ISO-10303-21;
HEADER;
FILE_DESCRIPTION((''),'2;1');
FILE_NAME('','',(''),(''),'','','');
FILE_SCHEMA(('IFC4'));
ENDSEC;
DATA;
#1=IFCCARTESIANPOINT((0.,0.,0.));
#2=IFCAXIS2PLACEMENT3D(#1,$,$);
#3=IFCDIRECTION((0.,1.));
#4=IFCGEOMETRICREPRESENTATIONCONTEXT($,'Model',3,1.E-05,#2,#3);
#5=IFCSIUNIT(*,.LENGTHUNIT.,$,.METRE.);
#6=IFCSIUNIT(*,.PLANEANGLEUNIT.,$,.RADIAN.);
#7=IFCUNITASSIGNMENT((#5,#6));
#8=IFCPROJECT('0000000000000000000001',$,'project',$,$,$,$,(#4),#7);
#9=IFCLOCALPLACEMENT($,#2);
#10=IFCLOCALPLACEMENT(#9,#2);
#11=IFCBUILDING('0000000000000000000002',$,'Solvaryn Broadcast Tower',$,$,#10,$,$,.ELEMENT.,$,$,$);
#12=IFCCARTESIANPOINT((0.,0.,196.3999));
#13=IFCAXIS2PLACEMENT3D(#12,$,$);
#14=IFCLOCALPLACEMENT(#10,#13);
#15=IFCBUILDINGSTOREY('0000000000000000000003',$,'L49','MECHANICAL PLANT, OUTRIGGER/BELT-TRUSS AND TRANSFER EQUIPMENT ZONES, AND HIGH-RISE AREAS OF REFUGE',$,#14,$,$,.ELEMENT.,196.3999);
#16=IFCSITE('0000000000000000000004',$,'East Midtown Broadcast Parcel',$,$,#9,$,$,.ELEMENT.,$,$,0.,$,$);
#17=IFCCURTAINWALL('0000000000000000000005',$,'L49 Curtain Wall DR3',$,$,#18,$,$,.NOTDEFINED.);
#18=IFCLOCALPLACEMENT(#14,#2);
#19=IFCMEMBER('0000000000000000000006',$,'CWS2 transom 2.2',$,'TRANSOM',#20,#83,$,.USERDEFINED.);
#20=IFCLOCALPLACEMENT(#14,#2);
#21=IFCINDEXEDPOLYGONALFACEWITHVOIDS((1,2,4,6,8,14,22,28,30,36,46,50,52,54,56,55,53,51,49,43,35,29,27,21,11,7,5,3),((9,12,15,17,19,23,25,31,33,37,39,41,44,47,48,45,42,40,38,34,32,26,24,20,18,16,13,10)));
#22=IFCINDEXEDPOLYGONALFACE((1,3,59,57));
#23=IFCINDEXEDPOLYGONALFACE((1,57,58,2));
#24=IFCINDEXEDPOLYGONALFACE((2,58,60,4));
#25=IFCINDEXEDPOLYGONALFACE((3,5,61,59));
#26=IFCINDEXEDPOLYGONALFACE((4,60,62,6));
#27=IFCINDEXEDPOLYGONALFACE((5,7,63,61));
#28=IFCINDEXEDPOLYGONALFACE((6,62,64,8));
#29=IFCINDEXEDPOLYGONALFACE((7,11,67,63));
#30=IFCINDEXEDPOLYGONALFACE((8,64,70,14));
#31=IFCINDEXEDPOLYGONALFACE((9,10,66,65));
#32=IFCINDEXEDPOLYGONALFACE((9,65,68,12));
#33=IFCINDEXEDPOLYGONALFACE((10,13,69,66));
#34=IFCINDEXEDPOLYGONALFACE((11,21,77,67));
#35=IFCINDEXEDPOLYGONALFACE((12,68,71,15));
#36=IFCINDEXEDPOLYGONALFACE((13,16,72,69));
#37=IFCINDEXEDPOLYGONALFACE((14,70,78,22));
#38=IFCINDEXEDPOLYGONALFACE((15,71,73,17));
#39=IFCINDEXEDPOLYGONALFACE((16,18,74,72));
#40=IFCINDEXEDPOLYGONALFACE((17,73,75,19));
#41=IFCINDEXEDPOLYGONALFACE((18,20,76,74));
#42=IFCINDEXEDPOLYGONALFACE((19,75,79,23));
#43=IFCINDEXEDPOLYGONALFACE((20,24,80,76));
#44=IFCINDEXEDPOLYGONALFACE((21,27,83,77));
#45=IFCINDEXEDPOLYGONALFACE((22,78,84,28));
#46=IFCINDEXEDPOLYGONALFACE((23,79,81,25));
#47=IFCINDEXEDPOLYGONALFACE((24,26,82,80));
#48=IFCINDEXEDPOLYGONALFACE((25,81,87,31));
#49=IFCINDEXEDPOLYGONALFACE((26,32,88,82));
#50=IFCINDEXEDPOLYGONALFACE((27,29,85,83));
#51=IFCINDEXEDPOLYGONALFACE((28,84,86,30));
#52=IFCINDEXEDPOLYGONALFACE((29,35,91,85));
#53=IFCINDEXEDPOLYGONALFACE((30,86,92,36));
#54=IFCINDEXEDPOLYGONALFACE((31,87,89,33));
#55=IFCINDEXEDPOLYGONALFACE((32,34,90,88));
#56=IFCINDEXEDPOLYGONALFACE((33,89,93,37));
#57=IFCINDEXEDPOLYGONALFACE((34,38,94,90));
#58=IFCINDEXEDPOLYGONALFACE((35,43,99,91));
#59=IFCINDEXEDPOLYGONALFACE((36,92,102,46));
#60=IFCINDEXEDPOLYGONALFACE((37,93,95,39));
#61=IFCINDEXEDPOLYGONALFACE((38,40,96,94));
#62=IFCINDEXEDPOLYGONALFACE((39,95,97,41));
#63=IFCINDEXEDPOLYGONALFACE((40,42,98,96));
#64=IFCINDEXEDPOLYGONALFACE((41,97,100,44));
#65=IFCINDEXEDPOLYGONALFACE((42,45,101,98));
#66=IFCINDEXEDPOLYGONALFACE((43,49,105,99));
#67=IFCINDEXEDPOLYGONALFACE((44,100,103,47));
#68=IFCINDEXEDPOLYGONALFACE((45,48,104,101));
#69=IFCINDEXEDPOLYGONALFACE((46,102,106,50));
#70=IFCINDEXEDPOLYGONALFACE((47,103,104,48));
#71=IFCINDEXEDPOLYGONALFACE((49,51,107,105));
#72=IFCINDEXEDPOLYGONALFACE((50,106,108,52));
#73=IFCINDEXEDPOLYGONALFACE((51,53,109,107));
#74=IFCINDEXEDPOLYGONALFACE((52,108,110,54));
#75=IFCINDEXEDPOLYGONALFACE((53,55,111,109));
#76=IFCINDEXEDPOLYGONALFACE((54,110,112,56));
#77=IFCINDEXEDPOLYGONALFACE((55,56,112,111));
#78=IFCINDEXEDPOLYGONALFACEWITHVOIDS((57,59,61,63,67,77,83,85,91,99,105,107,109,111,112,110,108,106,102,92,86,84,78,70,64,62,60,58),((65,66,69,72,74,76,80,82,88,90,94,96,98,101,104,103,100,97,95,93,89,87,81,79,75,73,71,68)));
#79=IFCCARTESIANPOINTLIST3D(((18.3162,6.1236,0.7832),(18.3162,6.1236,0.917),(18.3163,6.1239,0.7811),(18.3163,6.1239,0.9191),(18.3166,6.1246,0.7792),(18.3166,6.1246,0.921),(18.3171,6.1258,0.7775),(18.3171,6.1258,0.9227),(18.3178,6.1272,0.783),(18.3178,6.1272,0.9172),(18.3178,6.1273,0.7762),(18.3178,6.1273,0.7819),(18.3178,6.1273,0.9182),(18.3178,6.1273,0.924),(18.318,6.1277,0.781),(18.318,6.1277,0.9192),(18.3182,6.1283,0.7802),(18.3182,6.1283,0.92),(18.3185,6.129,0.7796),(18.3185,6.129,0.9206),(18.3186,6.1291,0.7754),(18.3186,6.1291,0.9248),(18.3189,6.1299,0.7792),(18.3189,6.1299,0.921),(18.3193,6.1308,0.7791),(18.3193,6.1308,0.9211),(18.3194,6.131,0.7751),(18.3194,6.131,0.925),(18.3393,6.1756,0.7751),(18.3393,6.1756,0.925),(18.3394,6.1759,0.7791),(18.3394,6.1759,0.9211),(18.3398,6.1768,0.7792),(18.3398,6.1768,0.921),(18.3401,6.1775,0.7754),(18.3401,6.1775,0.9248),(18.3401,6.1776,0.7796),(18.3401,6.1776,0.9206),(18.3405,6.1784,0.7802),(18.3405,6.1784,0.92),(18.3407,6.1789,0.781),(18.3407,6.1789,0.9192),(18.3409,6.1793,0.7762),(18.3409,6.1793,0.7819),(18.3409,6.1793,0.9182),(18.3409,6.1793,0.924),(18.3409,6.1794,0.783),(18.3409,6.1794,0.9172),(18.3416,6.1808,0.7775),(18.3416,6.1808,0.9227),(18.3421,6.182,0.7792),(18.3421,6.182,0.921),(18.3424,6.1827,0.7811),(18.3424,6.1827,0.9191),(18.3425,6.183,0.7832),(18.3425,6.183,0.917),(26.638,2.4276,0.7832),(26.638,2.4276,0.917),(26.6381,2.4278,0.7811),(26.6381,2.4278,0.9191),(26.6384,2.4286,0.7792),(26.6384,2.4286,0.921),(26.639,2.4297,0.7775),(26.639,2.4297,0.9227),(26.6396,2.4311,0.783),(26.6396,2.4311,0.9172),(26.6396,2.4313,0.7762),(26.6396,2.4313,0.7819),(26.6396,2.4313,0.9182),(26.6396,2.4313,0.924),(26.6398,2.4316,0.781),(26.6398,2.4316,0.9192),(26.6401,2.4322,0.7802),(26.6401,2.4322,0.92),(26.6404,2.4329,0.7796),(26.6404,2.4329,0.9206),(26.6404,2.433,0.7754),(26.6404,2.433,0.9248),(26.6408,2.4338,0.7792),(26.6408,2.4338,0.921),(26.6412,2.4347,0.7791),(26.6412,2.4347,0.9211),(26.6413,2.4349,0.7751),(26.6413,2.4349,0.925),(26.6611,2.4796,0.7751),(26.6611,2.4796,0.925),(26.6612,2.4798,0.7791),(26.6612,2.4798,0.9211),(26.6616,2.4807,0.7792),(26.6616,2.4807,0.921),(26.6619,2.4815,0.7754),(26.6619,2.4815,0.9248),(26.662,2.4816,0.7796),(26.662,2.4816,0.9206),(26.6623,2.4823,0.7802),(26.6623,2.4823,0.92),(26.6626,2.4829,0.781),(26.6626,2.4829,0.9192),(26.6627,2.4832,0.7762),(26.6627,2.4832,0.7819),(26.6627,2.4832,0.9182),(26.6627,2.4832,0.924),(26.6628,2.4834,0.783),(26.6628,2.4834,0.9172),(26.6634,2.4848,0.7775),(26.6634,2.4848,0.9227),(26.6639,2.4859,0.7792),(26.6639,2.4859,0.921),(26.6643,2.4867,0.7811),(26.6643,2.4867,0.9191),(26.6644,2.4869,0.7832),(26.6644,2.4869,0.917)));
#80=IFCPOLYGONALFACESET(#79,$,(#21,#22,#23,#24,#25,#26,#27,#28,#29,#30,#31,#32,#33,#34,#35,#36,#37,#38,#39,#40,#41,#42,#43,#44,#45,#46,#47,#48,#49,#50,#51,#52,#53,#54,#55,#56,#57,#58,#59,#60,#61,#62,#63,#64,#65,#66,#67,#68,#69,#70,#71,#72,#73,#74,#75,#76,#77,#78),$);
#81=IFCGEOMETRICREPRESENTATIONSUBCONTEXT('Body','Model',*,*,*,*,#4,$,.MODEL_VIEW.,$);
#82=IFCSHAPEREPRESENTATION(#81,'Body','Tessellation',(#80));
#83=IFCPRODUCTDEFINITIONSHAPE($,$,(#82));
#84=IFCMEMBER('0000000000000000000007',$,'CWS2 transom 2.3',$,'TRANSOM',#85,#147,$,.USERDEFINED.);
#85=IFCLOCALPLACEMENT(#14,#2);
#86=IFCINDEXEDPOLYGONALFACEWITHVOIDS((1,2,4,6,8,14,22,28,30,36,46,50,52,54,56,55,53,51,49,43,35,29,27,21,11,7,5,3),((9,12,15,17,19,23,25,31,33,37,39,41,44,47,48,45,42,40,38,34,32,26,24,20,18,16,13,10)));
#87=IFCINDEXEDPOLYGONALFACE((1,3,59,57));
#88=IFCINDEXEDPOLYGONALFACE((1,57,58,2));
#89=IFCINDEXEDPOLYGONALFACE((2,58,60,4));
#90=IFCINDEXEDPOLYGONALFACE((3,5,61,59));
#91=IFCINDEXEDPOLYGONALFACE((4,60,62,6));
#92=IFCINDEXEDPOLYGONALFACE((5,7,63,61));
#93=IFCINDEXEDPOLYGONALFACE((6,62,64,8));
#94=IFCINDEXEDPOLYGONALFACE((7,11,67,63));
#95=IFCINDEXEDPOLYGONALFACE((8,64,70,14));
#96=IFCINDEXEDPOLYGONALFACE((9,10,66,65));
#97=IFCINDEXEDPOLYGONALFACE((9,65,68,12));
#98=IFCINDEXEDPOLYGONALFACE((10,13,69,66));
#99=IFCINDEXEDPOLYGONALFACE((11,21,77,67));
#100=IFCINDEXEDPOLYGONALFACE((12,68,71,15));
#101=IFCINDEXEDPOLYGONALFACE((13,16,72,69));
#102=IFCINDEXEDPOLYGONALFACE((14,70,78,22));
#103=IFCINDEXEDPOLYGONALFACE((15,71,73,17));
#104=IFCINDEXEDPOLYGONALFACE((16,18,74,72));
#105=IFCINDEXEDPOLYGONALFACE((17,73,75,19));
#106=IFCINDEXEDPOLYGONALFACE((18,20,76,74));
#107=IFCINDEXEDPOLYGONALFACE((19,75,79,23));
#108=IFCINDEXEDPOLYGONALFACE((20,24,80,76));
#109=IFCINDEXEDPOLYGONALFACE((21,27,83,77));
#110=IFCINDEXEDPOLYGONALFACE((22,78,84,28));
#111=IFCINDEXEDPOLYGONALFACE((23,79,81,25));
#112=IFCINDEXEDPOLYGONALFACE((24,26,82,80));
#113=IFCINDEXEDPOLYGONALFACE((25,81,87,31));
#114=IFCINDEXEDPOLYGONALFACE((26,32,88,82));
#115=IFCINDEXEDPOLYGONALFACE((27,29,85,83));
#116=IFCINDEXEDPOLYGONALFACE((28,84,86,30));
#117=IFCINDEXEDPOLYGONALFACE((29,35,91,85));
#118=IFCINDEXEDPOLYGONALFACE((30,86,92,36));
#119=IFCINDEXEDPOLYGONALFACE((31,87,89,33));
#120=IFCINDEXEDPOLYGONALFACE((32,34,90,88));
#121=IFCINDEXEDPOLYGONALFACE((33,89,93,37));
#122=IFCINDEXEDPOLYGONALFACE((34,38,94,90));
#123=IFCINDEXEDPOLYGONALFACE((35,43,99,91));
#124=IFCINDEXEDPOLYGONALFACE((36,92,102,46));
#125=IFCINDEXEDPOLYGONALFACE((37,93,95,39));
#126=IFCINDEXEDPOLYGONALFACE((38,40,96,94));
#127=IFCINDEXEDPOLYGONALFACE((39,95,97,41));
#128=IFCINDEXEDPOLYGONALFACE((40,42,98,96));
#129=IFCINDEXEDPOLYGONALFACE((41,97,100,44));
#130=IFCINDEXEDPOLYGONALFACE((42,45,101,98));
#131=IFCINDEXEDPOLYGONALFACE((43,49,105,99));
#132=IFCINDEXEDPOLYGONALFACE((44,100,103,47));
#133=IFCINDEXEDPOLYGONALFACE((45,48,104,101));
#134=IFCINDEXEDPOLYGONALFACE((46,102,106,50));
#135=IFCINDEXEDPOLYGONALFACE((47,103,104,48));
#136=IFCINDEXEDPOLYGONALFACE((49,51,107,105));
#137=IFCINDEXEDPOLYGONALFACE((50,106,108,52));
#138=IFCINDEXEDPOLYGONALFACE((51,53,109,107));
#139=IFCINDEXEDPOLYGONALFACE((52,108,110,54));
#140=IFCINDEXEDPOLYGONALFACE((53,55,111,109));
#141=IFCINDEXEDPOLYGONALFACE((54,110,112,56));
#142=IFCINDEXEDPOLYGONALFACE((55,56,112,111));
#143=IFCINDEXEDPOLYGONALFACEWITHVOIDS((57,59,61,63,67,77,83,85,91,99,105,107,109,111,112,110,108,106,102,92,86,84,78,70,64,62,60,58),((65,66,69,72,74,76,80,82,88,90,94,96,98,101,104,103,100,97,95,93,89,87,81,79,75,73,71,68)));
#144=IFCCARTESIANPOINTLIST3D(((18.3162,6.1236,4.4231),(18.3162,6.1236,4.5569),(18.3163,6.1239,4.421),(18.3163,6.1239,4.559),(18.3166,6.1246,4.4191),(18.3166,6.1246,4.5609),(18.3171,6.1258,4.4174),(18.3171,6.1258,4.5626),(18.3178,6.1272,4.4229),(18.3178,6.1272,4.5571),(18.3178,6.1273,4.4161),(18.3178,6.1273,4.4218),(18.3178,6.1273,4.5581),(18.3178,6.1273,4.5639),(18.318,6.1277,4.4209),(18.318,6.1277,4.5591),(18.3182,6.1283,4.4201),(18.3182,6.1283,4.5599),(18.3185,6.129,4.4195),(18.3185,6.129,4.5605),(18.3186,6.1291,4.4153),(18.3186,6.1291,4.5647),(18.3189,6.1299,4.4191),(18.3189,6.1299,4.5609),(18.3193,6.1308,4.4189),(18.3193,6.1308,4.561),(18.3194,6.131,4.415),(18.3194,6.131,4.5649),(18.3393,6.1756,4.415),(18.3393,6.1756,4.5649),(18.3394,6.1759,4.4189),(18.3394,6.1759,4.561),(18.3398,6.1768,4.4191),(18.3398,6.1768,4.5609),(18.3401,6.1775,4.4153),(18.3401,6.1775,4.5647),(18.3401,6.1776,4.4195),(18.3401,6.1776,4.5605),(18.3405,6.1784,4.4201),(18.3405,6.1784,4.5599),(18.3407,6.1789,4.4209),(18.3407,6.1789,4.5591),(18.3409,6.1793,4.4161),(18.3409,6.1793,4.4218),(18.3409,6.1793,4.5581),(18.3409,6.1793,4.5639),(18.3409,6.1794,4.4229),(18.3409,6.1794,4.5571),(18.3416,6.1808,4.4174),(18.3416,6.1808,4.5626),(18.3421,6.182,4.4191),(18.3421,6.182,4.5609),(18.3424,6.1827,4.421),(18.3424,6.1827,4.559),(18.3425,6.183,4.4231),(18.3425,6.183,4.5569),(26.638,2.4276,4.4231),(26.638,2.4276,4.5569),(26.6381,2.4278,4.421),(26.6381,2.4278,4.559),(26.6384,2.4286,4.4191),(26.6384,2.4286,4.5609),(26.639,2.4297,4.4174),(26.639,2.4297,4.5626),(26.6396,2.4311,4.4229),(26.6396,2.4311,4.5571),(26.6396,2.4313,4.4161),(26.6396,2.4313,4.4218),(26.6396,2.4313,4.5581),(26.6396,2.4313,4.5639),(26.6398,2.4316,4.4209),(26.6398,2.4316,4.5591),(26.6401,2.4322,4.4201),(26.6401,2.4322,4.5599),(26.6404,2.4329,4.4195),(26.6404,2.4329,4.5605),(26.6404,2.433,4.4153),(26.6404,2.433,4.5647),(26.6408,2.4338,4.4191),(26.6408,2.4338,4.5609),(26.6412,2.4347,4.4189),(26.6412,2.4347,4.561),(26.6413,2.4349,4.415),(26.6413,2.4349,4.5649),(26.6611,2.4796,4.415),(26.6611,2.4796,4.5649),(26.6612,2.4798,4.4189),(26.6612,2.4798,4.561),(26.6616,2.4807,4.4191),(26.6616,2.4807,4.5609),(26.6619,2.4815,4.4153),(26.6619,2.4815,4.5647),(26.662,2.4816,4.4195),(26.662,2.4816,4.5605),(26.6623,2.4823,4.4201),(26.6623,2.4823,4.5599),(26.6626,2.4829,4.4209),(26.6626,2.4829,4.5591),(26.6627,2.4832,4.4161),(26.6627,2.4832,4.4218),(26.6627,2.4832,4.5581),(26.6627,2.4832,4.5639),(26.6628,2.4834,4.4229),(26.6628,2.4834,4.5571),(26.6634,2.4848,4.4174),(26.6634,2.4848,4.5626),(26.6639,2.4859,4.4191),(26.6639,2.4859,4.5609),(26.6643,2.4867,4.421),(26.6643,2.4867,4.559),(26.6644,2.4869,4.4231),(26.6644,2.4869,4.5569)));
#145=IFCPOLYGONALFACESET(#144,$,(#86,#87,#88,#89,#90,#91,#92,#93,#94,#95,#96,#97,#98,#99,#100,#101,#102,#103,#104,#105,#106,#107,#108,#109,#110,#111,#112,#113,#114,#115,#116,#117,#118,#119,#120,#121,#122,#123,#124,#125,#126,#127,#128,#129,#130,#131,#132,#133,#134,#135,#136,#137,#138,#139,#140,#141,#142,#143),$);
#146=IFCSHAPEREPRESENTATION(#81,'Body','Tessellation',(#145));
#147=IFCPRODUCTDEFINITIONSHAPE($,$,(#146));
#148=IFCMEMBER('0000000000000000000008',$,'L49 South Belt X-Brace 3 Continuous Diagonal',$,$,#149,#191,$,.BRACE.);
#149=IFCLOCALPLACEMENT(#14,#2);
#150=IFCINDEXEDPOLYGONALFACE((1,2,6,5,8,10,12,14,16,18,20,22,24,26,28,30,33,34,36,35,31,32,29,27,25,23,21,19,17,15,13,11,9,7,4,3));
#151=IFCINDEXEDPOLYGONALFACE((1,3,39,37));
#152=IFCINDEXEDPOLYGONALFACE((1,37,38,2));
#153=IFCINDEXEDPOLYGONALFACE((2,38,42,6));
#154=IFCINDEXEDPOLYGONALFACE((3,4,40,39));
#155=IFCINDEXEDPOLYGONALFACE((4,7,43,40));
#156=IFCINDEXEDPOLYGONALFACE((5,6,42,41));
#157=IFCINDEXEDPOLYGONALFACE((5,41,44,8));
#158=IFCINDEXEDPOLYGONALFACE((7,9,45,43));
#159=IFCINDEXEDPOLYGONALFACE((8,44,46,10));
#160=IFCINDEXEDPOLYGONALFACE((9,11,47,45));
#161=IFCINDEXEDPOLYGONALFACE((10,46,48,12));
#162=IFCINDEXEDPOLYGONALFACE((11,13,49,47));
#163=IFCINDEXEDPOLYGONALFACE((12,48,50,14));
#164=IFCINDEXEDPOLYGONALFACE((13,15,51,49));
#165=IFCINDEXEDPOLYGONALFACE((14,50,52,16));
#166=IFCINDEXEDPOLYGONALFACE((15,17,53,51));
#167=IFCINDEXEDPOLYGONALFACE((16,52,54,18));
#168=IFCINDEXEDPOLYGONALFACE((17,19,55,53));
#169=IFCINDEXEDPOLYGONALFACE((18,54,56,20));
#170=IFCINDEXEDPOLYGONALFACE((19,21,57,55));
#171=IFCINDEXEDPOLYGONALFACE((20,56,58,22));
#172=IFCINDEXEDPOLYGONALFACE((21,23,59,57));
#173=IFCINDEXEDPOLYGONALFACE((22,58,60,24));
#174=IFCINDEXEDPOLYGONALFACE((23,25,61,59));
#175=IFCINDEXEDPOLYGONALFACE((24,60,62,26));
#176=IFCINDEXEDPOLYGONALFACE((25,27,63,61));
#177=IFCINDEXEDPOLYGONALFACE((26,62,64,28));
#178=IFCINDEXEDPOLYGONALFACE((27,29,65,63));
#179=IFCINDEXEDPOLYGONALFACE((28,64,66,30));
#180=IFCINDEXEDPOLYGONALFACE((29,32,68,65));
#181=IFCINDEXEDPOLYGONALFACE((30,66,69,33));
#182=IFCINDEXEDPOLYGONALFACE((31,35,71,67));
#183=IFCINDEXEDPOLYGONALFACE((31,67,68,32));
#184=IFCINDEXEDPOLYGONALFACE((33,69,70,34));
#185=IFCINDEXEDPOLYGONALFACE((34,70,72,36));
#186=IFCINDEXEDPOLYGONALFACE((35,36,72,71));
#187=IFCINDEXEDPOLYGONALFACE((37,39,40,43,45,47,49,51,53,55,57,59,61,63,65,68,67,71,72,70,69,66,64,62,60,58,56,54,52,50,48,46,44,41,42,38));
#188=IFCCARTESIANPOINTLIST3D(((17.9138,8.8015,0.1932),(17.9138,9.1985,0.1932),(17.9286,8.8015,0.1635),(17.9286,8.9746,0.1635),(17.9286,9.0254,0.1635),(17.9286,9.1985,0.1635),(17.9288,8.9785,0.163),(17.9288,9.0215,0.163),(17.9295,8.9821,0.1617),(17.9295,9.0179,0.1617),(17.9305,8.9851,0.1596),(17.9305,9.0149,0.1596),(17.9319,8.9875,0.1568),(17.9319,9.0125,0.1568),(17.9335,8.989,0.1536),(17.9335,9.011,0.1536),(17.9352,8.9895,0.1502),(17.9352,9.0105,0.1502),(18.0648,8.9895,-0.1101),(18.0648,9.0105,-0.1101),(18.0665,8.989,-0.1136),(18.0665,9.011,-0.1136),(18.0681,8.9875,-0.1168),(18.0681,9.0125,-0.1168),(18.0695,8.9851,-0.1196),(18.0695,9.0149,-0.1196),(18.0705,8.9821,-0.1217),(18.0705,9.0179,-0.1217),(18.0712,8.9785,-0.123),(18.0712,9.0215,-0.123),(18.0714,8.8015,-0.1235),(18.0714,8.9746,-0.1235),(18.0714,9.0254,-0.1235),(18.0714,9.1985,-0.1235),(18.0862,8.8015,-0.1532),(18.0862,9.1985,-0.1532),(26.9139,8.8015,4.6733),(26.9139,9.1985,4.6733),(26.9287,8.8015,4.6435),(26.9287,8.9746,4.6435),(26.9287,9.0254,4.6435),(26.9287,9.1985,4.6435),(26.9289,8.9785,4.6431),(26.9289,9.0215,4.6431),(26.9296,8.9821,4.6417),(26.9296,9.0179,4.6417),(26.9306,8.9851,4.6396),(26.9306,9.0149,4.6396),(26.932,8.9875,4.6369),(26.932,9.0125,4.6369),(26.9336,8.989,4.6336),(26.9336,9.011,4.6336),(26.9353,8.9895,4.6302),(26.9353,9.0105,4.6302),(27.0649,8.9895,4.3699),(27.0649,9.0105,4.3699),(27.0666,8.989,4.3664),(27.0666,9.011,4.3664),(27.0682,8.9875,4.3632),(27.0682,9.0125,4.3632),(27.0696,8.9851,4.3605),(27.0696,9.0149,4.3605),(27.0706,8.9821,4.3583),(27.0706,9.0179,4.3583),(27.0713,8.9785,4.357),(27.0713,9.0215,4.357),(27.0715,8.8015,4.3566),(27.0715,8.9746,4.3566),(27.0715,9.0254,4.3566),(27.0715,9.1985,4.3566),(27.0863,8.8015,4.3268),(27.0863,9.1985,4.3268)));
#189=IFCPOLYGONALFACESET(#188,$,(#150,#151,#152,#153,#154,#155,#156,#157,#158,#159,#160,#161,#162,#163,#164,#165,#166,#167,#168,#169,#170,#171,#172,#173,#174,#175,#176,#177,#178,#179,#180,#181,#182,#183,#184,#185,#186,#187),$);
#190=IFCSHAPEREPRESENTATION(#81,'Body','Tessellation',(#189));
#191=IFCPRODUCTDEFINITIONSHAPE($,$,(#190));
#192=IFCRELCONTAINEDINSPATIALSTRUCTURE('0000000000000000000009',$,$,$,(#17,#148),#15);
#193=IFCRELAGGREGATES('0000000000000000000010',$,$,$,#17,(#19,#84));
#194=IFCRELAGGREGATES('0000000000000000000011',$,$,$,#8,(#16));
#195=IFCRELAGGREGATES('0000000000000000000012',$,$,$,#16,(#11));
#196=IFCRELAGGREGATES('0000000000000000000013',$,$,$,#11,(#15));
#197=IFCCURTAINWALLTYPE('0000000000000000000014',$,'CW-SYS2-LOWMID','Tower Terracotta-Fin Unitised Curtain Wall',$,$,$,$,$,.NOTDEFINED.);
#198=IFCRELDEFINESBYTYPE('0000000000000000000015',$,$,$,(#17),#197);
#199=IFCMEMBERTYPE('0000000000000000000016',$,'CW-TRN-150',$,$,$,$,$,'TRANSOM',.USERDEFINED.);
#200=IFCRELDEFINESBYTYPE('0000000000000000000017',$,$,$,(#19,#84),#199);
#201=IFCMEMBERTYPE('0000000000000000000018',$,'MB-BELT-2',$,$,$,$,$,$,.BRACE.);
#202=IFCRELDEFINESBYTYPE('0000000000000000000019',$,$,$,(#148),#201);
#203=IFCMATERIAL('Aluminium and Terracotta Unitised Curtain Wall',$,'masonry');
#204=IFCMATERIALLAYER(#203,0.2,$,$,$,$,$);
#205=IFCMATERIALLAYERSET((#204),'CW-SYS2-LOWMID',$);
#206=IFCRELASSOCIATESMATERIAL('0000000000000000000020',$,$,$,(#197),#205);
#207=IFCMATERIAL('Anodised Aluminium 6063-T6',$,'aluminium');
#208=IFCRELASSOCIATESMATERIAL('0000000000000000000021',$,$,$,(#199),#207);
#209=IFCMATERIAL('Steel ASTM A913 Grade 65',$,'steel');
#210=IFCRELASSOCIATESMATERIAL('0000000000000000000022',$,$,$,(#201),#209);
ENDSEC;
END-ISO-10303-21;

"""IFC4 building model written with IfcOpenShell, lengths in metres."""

from ifc_helpers import new_model, si_unit, direction, frame, origin, origin_2d, place, context, subcontext, project, spatial, hollow_rectangle, i_section, extrude, material, layer, layer_set, material_profile, profile_set, type_object, element, aggregate, save


model = new_model("IFC4")

# Units and contexts
model_context = context("Model", 3, precision=1e-05, world=origin(), true_north=direction((0.0, 1.0)))
body_context = subcontext(model_context, "Body", "Model", "MODEL_VIEW")
ifc_project = project(units=[si_unit("LENGTHUNIT", "METRE"), si_unit("PLANEANGLEUNIT", "RADIAN")], contexts=[model_context])

# Site, building, storey
site_placement = place(None, origin())
site = spatial("IfcSite", under=ifc_project, at=site_placement, Name="East Midtown Broadcast Parcel", CompositionType="ELEMENT", RefElevation=0.0)
building_placement = place(site_placement, origin())
building = spatial("IfcBuilding", under=site, at=building_placement, Name="Solvaryn Broadcast Tower", CompositionType="ELEMENT")
storey_placement = place(building_placement, frame((0.0, 0.0, 196.3999)))
storey = spatial("IfcBuildingStorey", under=building, at=storey_placement, Name="L49", Description="MECHANICAL PLANT, OUTRIGGER/BELT-TRUSS AND TRANSFER EQUIPMENT ZONES, AND HIGH-RISE AREAS OF REFUGE", CompositionType="ELEMENT", Elevation=196.3999)

# Curtain wall, members
ifc_material_1 = material(Name="Aluminium and Terracotta Unitised Curtain Wall", Category="masonry")
ifc_layer_1 = layer(ifc_material_1, 0.2)
ifc_layer_set_1 = layer_set([ifc_layer_1], Name="CW-SYS2-LOWMID")
curtain_wall_type = type_object("IfcCurtainWallType", Name="CW-SYS2-LOWMID", Description="Tower Terracotta-Fin Unitised Curtain Wall", PredefinedType="NOTDEFINED", material=ifc_layer_set_1)
curtain_wall_placement = place(storey_placement, origin())
curtain_wall = element("IfcCurtainWall", 1, at=curtain_wall_placement, inside=storey, type_object=curtain_wall_type, Name="L49 Curtain Wall DR3", PredefinedType="NOTDEFINED")
ifc_material_2 = material(Name="Anodised Aluminium 6063-T6", Category="aluminium")
ifc_material_profile_1 = material_profile(ifc_material_2, hollow_rectangle(XDim=0.0649, YDim=0.1499, WallThickness=0.0039, InnerFilletRadius=0.0039, OuterFilletRadius=0.0081, at=origin_2d()))
ifc_profile_set_1 = profile_set([ifc_material_profile_1], Name="Anodised Aluminium 6063-T6")
member_type_1 = type_object("IfcMemberType", Name="CW-TRN-150", ElementType="TRANSOM", PredefinedType="USERDEFINED", material=ifc_profile_set_1)
member_1_placement = place(storey_placement, frame((18.3293, 6.1533, 0.8501), z_axis=(0.913914, -0.405907, 0.0), x_axis=(0.405907, 0.913914, 0.0)))
member_1 = element("IfcMember", 2, at=member_1_placement, type_object=member_type_1, Name="CWS2 transom 2.2", ObjectType="TRANSOM", PredefinedType="USERDEFINED", context=body_context, shape_type="SweptSolid", body=[
    extrude(hollow_rectangle(XDim=0.0649, YDim=0.1499, WallThickness=0.0039, InnerFilletRadius=0.0039, OuterFilletRadius=0.0081, at=origin_2d()), origin(), (0.0, 0.0, 1.0), 9.1057),
])
member_2_placement = place(storey_placement, frame((18.3293, 6.1533, 4.49), z_axis=(0.913914, -0.405907, 0.0), x_axis=(0.405907, 0.913914, 0.0)))
member_2 = element("IfcMember", 3, at=member_2_placement, type_object=member_type_1, Name="CWS2 transom 2.3", ObjectType="TRANSOM", PredefinedType="USERDEFINED", context=body_context, shape_type="SweptSolid", body=[
    extrude(hollow_rectangle(XDim=0.0649, YDim=0.1499, WallThickness=0.0039, InnerFilletRadius=0.0039, OuterFilletRadius=0.0081, at=origin_2d()), origin(), (0.0, 0.0, 1.0), 9.1057),
])

# Member
ifc_material_3 = material(Name="Steel ASTM A913 Grade 65", Category="steel")
ifc_material_profile_2 = material_profile(ifc_material_3, i_section(OverallWidth=0.397, OverallDepth=0.387, WebThickness=0.021, FlangeThickness=0.0332, FilletRadius=0.0149, at=origin_2d()))
ifc_profile_set_2 = profile_set([ifc_material_profile_2], Name="Steel ASTM A913 Grade 65")
member_type_2 = type_object("IfcMemberType", Name="MB-BELT-2", PredefinedType="BRACE", material=ifc_profile_set_2)
member_3_placement = place(storey_placement, frame((18.0, 9.0, 0.02), z_axis=(0.895222, 0.0, 0.44562), x_axis=(0.0, 1.0, 0.0)))
element("IfcMember", 4, at=member_3_placement, inside=storey, type_object=member_type_2, Name="L49 South Belt X-Brace 3 Continuous Diagonal", PredefinedType="BRACE", context=body_context, shape_type="SweptSolid", body=[
    extrude(i_section(OverallWidth=0.397, OverallDepth=0.387, WebThickness=0.021, FlangeThickness=0.0332, FilletRadius=0.0149, at=origin_2d()), origin(), (0.0, 0.0, 1.0), 10.0535),
])

aggregate(curtain_wall, [member_1, member_2])

save(model, "model.ifc")
